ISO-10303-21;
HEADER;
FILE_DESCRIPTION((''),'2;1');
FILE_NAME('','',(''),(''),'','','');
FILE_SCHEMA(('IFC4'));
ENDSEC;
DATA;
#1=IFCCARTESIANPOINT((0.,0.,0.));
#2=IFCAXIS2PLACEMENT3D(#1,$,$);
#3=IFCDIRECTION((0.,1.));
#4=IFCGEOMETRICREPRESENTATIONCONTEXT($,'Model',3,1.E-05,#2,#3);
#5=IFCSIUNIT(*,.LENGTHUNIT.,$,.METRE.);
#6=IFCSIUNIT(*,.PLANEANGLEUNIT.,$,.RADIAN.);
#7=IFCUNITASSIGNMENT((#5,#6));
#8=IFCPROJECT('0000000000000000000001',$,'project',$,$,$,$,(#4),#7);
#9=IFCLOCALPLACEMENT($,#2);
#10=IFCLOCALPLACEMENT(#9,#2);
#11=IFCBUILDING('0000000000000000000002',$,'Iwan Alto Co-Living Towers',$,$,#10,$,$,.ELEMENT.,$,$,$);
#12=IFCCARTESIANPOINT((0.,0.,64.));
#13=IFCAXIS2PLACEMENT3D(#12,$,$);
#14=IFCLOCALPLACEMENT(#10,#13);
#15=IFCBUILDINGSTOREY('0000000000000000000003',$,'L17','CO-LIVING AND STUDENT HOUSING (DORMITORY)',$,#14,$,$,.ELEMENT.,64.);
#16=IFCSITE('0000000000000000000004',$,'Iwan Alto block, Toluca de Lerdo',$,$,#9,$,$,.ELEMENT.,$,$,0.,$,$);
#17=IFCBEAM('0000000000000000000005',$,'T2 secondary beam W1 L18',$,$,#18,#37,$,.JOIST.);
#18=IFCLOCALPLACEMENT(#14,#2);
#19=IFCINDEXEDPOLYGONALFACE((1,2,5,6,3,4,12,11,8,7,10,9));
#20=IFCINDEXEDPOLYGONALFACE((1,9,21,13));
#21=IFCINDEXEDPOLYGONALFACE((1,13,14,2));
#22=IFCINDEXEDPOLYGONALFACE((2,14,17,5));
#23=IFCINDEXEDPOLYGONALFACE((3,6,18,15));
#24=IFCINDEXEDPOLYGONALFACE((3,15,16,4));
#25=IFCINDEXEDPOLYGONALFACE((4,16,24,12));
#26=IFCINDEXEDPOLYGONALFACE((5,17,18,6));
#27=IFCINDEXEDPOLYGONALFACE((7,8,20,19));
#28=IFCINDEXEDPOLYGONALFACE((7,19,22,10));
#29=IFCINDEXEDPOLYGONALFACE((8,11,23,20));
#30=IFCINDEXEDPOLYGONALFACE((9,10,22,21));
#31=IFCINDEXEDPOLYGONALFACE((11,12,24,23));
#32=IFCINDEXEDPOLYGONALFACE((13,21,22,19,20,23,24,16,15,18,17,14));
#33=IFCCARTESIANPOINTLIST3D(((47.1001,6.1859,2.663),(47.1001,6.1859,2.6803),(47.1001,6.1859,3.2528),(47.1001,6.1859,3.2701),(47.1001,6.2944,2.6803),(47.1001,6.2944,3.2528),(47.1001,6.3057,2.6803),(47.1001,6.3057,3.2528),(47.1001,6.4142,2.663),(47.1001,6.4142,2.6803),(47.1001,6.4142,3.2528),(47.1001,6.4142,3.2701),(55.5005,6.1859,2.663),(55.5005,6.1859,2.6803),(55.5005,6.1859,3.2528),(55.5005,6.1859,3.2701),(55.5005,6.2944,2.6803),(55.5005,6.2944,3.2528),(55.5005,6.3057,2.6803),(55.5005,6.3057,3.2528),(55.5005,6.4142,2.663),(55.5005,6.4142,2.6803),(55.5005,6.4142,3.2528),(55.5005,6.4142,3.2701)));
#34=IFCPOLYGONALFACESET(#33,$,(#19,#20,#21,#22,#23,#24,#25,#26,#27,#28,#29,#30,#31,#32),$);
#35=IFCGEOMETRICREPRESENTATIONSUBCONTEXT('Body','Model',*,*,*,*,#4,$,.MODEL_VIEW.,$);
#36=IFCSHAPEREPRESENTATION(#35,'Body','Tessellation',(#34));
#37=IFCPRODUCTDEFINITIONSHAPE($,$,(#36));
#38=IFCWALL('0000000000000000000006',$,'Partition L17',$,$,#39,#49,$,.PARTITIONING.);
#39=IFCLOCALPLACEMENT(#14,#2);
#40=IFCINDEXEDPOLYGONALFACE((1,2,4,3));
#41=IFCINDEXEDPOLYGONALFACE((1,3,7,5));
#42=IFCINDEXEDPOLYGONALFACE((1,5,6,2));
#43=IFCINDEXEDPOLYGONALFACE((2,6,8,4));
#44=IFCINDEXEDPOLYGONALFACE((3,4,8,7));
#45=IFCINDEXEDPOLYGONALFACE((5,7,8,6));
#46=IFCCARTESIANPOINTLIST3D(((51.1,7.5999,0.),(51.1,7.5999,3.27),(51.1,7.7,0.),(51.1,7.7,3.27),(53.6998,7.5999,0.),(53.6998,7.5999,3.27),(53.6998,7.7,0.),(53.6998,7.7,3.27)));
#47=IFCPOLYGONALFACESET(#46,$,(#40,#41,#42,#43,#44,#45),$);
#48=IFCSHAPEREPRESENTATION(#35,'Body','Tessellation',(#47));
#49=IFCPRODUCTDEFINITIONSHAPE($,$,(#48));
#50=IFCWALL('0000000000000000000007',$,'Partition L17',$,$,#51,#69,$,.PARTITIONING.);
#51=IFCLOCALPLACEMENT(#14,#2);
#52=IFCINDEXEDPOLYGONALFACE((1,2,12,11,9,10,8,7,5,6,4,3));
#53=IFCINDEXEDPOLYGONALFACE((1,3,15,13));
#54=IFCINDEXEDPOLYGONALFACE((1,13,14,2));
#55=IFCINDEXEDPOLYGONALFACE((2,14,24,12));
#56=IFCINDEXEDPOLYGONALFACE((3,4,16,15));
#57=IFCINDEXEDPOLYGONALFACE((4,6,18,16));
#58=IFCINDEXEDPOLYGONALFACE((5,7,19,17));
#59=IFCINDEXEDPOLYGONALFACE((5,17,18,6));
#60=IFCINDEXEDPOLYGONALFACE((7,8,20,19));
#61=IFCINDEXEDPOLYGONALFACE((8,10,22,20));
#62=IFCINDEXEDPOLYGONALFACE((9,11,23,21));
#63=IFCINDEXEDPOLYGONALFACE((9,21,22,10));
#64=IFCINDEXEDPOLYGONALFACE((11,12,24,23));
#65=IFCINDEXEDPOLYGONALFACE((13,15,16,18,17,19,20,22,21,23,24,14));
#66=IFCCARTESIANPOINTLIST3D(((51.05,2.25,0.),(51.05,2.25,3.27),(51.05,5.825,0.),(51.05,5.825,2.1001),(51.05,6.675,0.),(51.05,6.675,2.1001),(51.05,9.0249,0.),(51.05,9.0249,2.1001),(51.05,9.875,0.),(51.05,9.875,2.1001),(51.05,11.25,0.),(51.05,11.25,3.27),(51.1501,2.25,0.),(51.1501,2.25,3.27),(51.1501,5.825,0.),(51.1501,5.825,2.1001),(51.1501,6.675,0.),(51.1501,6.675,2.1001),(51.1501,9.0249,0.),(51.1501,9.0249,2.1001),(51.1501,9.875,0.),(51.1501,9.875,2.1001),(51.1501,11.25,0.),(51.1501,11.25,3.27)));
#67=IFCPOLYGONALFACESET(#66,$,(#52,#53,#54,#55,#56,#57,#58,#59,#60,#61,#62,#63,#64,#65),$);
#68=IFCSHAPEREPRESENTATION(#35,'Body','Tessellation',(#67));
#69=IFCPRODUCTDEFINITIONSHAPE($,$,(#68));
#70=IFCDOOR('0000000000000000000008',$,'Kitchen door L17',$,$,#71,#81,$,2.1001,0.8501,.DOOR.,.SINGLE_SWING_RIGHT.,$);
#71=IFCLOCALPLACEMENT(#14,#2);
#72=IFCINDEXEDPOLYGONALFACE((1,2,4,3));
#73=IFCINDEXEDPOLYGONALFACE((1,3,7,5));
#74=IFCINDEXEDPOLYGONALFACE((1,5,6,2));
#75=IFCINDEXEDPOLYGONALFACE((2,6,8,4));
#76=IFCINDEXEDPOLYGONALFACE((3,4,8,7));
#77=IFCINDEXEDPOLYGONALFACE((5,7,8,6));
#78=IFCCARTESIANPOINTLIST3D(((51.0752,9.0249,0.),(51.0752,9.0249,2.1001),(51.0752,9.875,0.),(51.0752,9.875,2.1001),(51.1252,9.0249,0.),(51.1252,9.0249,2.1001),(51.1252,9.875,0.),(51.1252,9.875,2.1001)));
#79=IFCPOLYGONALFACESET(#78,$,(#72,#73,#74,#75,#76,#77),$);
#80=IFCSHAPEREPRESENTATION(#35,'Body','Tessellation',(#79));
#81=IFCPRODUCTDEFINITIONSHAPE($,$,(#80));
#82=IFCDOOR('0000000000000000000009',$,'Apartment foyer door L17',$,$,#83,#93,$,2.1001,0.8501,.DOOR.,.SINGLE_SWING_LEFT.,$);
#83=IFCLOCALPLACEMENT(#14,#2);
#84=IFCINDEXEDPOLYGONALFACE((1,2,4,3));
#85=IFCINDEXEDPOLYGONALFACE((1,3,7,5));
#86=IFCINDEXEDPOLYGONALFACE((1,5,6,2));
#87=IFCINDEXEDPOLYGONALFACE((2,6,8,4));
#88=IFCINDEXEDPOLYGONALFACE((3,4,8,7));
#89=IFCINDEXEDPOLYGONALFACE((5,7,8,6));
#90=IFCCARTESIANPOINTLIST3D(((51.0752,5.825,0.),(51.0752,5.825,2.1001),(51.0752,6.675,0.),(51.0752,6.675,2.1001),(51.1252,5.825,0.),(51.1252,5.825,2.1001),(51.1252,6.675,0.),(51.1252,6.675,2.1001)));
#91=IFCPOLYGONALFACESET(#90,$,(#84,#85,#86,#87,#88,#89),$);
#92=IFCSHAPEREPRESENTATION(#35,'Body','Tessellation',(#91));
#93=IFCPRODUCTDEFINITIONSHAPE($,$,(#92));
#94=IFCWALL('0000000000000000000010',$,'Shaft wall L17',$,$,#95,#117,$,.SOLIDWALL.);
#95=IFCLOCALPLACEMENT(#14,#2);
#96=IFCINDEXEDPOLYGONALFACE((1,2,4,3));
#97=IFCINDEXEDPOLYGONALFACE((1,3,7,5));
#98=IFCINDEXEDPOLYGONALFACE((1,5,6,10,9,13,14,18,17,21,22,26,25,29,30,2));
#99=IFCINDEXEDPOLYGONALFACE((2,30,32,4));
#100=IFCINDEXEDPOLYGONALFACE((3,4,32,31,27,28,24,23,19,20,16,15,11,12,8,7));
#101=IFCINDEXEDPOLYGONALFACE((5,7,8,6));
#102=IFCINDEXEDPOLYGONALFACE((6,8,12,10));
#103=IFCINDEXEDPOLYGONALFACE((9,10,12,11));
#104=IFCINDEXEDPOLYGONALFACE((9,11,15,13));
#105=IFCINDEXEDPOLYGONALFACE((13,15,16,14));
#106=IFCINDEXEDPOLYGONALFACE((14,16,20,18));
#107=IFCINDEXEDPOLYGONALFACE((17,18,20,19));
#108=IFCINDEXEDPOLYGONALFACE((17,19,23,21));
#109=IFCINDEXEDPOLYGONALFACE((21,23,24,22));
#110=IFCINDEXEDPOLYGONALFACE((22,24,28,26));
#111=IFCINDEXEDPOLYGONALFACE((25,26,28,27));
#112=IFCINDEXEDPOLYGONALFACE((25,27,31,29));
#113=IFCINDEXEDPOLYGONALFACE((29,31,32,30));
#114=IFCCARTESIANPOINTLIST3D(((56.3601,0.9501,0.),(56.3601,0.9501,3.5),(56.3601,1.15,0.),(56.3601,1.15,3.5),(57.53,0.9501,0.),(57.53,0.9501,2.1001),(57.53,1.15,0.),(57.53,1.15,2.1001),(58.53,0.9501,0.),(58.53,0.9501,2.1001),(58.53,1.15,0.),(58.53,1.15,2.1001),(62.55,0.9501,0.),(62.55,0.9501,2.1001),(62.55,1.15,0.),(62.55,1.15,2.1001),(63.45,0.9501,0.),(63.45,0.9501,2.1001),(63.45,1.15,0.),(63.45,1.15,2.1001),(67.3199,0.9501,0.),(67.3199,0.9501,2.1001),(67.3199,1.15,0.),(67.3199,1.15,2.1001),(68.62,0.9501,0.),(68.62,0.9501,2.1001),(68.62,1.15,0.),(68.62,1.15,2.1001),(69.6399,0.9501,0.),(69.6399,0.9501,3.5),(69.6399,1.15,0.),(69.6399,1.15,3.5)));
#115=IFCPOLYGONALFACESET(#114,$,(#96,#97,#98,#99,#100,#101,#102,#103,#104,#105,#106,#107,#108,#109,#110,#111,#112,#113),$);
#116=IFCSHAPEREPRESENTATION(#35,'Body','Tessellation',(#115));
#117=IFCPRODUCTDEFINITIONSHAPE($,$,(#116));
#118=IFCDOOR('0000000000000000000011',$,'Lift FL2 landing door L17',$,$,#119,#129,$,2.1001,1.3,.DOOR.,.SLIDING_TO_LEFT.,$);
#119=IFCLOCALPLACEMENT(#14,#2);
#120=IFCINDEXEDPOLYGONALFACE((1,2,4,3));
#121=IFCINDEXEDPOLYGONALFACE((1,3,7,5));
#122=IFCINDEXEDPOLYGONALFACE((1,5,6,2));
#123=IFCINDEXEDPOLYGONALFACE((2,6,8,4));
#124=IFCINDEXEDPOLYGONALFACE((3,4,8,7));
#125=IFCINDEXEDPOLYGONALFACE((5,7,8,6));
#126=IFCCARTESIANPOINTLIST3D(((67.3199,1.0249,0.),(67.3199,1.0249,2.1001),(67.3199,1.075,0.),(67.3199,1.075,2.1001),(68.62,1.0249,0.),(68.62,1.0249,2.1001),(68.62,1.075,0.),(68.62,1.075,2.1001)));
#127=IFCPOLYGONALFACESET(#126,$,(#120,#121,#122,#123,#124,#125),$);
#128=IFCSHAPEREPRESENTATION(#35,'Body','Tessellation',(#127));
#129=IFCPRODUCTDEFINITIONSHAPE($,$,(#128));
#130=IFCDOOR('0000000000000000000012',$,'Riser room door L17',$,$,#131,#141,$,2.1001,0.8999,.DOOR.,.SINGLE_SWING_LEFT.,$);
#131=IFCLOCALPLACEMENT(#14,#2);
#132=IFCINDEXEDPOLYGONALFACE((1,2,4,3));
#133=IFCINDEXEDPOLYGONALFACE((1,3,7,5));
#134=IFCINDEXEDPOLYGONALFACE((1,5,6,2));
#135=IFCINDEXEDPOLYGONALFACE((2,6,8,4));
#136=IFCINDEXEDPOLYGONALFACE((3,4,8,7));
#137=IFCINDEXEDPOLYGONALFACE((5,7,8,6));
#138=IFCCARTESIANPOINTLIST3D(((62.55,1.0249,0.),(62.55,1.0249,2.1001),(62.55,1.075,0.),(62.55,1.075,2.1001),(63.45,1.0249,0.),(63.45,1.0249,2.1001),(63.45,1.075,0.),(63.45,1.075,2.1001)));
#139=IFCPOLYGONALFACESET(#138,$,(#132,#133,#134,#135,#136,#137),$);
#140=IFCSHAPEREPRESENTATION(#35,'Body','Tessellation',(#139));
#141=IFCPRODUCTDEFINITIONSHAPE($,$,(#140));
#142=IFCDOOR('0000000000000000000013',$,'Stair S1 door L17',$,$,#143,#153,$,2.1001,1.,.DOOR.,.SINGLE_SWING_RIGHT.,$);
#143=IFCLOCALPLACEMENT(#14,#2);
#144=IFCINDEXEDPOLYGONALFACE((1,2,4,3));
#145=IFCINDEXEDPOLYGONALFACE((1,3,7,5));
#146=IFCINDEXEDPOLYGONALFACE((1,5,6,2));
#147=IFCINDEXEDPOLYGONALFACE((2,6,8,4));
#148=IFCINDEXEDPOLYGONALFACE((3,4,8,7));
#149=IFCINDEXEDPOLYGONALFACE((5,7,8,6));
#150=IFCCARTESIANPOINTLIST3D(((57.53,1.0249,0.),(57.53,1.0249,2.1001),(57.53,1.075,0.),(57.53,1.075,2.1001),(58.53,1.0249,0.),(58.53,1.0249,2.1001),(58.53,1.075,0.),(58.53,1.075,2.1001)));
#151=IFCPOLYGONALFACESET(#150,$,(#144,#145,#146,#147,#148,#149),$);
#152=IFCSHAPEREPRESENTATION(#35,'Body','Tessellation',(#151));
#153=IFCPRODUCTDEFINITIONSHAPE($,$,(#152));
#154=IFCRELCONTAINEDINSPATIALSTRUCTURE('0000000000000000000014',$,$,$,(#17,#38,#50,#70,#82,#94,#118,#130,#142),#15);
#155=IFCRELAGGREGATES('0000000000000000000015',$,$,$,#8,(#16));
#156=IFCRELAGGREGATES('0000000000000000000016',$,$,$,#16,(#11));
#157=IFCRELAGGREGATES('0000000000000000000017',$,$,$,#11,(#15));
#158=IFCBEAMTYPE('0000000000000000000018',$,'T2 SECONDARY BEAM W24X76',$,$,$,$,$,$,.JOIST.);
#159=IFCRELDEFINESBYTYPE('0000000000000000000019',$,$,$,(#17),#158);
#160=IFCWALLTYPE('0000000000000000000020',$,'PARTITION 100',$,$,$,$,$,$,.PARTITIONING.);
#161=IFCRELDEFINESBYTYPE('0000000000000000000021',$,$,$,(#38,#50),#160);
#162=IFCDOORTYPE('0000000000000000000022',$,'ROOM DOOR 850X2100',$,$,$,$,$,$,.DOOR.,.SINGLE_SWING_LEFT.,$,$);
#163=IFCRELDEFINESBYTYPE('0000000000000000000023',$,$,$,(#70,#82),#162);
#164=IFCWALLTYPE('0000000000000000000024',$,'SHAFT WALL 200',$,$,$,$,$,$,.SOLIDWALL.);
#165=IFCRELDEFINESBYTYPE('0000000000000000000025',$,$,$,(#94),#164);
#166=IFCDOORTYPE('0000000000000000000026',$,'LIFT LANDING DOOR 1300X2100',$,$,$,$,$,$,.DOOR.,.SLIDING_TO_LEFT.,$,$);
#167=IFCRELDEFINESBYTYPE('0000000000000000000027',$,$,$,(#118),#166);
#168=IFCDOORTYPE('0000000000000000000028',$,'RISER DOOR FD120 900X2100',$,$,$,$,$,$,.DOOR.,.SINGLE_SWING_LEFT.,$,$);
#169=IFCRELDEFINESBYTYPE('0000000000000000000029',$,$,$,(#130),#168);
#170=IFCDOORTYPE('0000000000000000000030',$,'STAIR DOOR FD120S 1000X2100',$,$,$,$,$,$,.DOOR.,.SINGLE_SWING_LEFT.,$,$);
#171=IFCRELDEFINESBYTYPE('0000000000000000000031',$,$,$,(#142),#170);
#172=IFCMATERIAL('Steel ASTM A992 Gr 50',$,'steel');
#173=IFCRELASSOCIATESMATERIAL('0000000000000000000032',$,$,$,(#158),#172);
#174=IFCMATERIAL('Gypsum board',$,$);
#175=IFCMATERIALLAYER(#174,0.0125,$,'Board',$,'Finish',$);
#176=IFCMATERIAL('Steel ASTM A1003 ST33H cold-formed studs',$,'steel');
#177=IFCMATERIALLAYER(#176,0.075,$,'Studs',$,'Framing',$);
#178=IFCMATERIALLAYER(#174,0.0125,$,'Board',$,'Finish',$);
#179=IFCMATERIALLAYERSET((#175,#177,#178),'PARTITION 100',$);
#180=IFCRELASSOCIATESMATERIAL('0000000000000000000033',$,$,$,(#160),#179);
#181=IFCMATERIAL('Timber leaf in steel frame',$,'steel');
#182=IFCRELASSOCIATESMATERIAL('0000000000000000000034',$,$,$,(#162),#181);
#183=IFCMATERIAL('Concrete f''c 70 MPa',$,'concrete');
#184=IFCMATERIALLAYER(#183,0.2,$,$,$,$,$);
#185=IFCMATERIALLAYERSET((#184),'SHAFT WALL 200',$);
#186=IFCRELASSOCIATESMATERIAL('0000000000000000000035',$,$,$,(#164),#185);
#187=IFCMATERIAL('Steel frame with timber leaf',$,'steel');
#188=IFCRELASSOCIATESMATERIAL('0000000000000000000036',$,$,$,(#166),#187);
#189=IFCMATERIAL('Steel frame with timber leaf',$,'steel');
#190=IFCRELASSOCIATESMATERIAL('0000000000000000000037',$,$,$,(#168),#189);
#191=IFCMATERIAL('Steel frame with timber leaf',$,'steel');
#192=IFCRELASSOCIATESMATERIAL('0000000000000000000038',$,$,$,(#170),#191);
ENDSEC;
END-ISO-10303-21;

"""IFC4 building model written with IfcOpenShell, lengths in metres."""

from ifc_helpers import new_model, si_unit, direction, frame, frame_2d, origin, origin_2d, place, context, subcontext, project, spatial, rectangle, i_section, extrude, material, layer, layer_set, material_profile, profile_set, type_object, element, fill, save


model = new_model("IFC4")

# Units and contexts
model_context = context("Model", 3, precision=1e-05, world=origin(), true_north=direction((0.0, 1.0)))
body_context = subcontext(model_context, "Body", "Model", "MODEL_VIEW")
ifc_project = project(units=[si_unit("LENGTHUNIT", "METRE"), si_unit("PLANEANGLEUNIT", "RADIAN")], contexts=[model_context])

# Site, building, storey
site_placement = place(None, origin())
site = spatial("IfcSite", under=ifc_project, at=site_placement, Name="Iwan Alto block, Toluca de Lerdo", CompositionType="ELEMENT", RefElevation=0.0)
building_placement = place(site_placement, origin())
building = spatial("IfcBuilding", under=site, at=building_placement, Name="Iwan Alto Co-Living Towers", CompositionType="ELEMENT")
storey_placement = place(building_placement, frame((0.0, 0.0, 64.0)))
storey = spatial("IfcBuildingStorey", under=building, at=storey_placement, Name="L17", Description="CO-LIVING AND STUDENT HOUSING (DORMITORY)", CompositionType="ELEMENT", Elevation=64.0)

# Beam
ifc_material_1 = material(Name="Steel ASTM A992 Gr 50", Category="steel")
ifc_material_profile = material_profile(ifc_material_1, i_section(OverallWidth=0.2283, OverallDepth=0.6072, WebThickness=0.0112, FlangeThickness=0.0173, at=origin_2d()), Name="W24X76")
ifc_profile_set = profile_set([ifc_material_profile], Name="Steel ASTM A992 Gr 50")
beam_type = type_object("IfcBeamType", Name="T2 SECONDARY BEAM W24X76", PredefinedType="JOIST", material=ifc_profile_set)
beam_placement = place(storey_placement, frame((47.1001, 6.3, 2.9666), z_axis=(1.0, 0.0, 0.0), x_axis=(0.0, 1.0, 0.0)))
element("IfcBeam", 1, at=beam_placement, inside=storey, type_object=beam_type, Name="T2 secondary beam W1 L18", PredefinedType="JOIST", context=body_context, shape_type="SweptSolid", body=[
    extrude(i_section(OverallWidth=0.2283, OverallDepth=0.6072, WebThickness=0.0112, FlangeThickness=0.0173, at=origin_2d()), origin(), (0.0, 0.0, 1.0), 8.4004),
])

# Wall
ifc_material_2 = material(Name="Gypsum board")
ifc_layer_1 = layer(ifc_material_2, 0.0125, Name="Board", Category="Finish")
ifc_material_3 = material(Name="Steel ASTM A1003 ST33H cold-formed studs", Category="steel")
ifc_layer_2 = layer(ifc_material_3, 0.075, Name="Studs", Category="Framing")
ifc_layer_3 = layer(ifc_material_2, 0.0125, Name="Board", Category="Finish")
ifc_layer_set_1 = layer_set([ifc_layer_1, ifc_layer_2, ifc_layer_3], Name="PARTITION 100")
wall_type_1 = type_object("IfcWallType", Name="PARTITION 100", PredefinedType="PARTITIONING", material=ifc_layer_set_1)
wall_1_placement = place(storey_placement, frame((51.1001, 7.6499, 0.0), z_axis=(0.0, 0.0, 1.0), x_axis=(1.0, 0.0, 0.0)))
element("IfcWall", 2, at=wall_1_placement, inside=storey, type_object=wall_type_1, Name="Partition L17", PredefinedType="PARTITIONING", context=body_context, shape_type="SweptSolid", body=[
    extrude(rectangle(XDim=2.5999, YDim=0.1001, at=frame_2d((1.2998, 0.0))), origin(), (0.0, 0.0, 1.0), 3.27),
])

# Walls, openings, doors
wall_2_placement = place(storey_placement, frame((51.1001, 2.25, 0.0), z_axis=(0.0, 0.0, 1.0), x_axis=(0.0, 1.0, 0.0)))
wall_2 = element("IfcWall", 3, at=wall_2_placement, inside=storey, type_object=wall_type_1, Name="Partition L17", PredefinedType="PARTITIONING", context=body_context, shape_type="SweptSolid", body=[
    extrude(rectangle(XDim=9.0, YDim=0.1001, at=frame_2d((4.5, 0.0))), origin(), (0.0, 0.0, 1.0), 3.27),
])
opening_1_placement = place(wall_2_placement, frame((6.7749, 0.0, 0.0)))
opening_1 = element("IfcOpeningElement", 4, at=opening_1_placement, cuts=wall_2, PredefinedType="OPENING", context=body_context, shape_type="SweptSolid", body=[
    extrude(rectangle(XDim=0.8501, YDim=2.1001, at=frame_2d((0.425, 1.05))), frame((0.0, 0.0601, 0.0), z_axis=(0.0, -1.0, 0.0), x_axis=(1.0, 0.0, 0.0)), (0.0, 0.0, 1.0), 0.1201),
])
opening_2_placement = place(wall_2_placement, frame((3.575, 0.0, 0.0)))
opening_2 = element("IfcOpeningElement", 5, at=opening_2_placement, cuts=wall_2, PredefinedType="OPENING", context=body_context, shape_type="SweptSolid", body=[
    extrude(rectangle(XDim=0.8501, YDim=2.1001, at=frame_2d((0.425, 1.05))), frame((0.0, 0.0601, 0.0), z_axis=(0.0, -1.0, 0.0), x_axis=(1.0, 0.0, 0.0)), (0.0, 0.0, 1.0), 0.1201),
])
ifc_material_4 = material(Name="Timber leaf in steel frame", Category="steel")
door_type_1 = type_object("IfcDoorType", Name="ROOM DOOR 850X2100", OperationType="SINGLE_SWING_LEFT", PredefinedType="DOOR", material=ifc_material_4)
door_1_placement = place(opening_1_placement, origin())
door_1 = element("IfcDoor", 6, at=door_1_placement, inside=storey, type_object=door_type_1, Name="Kitchen door L17", OperationType="SINGLE_SWING_RIGHT", OverallHeight=2.1001, OverallWidth=0.8501, PredefinedType="DOOR", context=body_context, shape_type="SweptSolid", body=[
    extrude(rectangle(XDim=0.8501, YDim=2.1001, at=frame_2d((0.425, 1.05))), frame((0.0, 0.0249, 0.0), z_axis=(0.0, -1.0, 0.0), x_axis=(1.0, 0.0, 0.0)), (0.0, 0.0, 1.0), 0.05),
])
fill(opening_1, door_1)
door_2_placement = place(opening_2_placement, origin())
door_2 = element("IfcDoor", 7, at=door_2_placement, inside=storey, type_object=door_type_1, Name="Apartment foyer door L17", OperationType="SINGLE_SWING_LEFT", OverallHeight=2.1001, OverallWidth=0.8501, PredefinedType="DOOR", context=body_context, shape_type="SweptSolid", body=[
    extrude(rectangle(XDim=0.8501, YDim=2.1001, at=frame_2d((0.425, 1.05))), frame((0.0, 0.0249, 0.0), z_axis=(0.0, -1.0, 0.0), x_axis=(1.0, 0.0, 0.0)), (0.0, 0.0, 1.0), 0.05),
])
fill(opening_2, door_2)
ifc_material_5 = material(Name="Concrete f'c 70 MPa", Category="concrete")
ifc_layer_4 = layer(ifc_material_5, 0.2)
ifc_layer_set_2 = layer_set([ifc_layer_4], Name="SHAFT WALL 200")
wall_type_2 = type_object("IfcWallType", Name="SHAFT WALL 200", PredefinedType="SOLIDWALL", material=ifc_layer_set_2)
wall_3_placement = place(storey_placement, frame((56.3601, 1.05, 0.0), z_axis=(0.0, 0.0, 1.0), x_axis=(1.0, 0.0, 0.0)))
wall_3 = element("IfcWall", 8, at=wall_3_placement, inside=storey, type_object=wall_type_2, Name="Shaft wall L17", PredefinedType="SOLIDWALL", context=body_context, shape_type="SweptSolid", body=[
    extrude(rectangle(XDim=13.2798, YDim=0.2, at=frame_2d((6.6399, 0.0))), origin(), (0.0, 0.0, 1.0), 3.5),
])
opening_3_placement = place(wall_3_placement, frame((1.1699, 0.0, 0.0)))
opening_3 = element("IfcOpeningElement", 9, at=opening_3_placement, cuts=wall_3, PredefinedType="OPENING", context=body_context, shape_type="SweptSolid", body=[
    extrude(rectangle(XDim=1.0, YDim=2.1001, at=frame_2d((0.5, 1.05))), frame((0.0, 0.1099, 0.0), z_axis=(0.0, -1.0, 0.0), x_axis=(1.0, 0.0, 0.0)), (0.0, 0.0, 1.0), 0.22),
])
opening_4_placement = place(wall_3_placement, frame((6.1899, 0.0, 0.0)))
opening_4 = element("IfcOpeningElement", 10, at=opening_4_placement, cuts=wall_3, PredefinedType="OPENING", context=body_context, shape_type="SweptSolid", body=[
    extrude(rectangle(XDim=0.8999, YDim=2.1001, at=frame_2d((0.45, 1.05))), frame((0.0, 0.1099, 0.0), z_axis=(0.0, -1.0, 0.0), x_axis=(1.0, 0.0, 0.0)), (0.0, 0.0, 1.0), 0.22),
])
opening_5_placement = place(wall_3_placement, frame((10.96, 0.0, 0.0)))
opening_5 = element("IfcOpeningElement", 11, at=opening_5_placement, cuts=wall_3, PredefinedType="OPENING", context=body_context, shape_type="SweptSolid", body=[
    extrude(rectangle(XDim=1.3, YDim=2.1001, at=frame_2d((0.6499, 1.05))), frame((0.0, 0.1099, 0.0), z_axis=(0.0, -1.0, 0.0), x_axis=(1.0, 0.0, 0.0)), (0.0, 0.0, 1.0), 0.22),
])
ifc_material_6 = material(Name="Steel frame with timber leaf", Category="steel")
door_type_2 = type_object("IfcDoorType", Name="LIFT LANDING DOOR 1300X2100", OperationType="SLIDING_TO_LEFT", PredefinedType="DOOR", material=ifc_material_6)
door_3_placement = place(opening_5_placement, origin())
door_3 = element("IfcDoor", 12, at=door_3_placement, inside=storey, type_object=door_type_2, Name="Lift FL2 landing door L17", OperationType="SLIDING_TO_LEFT", OverallHeight=2.1001, OverallWidth=1.3, PredefinedType="DOOR", context=body_context, shape_type="SweptSolid", body=[
    extrude(rectangle(XDim=1.3, YDim=2.1001, at=frame_2d((0.6499, 1.05))), frame((0.0, 0.0249, 0.0), z_axis=(0.0, -1.0, 0.0), x_axis=(1.0, 0.0, 0.0)), (0.0, 0.0, 1.0), 0.05),
])
fill(opening_5, door_3)
ifc_material_7 = material(Name="Steel frame with timber leaf", Category="steel")
door_type_3 = type_object("IfcDoorType", Name="RISER DOOR FD120 900X2100", OperationType="SINGLE_SWING_LEFT", PredefinedType="DOOR", material=ifc_material_7)
door_4_placement = place(opening_4_placement, origin())
door_4 = element("IfcDoor", 13, at=door_4_placement, inside=storey, type_object=door_type_3, Name="Riser room door L17", OperationType="SINGLE_SWING_LEFT", OverallHeight=2.1001, OverallWidth=0.8999, PredefinedType="DOOR", context=body_context, shape_type="SweptSolid", body=[
    extrude(rectangle(XDim=0.8999, YDim=2.1001, at=frame_2d((0.45, 1.05))), frame((0.0, 0.0249, 0.0), z_axis=(0.0, -1.0, 0.0), x_axis=(1.0, 0.0, 0.0)), (0.0, 0.0, 1.0), 0.05),
])
fill(opening_4, door_4)
ifc_material_8 = material(Name="Steel frame with timber leaf", Category="steel")
door_type_4 = type_object("IfcDoorType", Name="STAIR DOOR FD120S 1000X2100", OperationType="SINGLE_SWING_LEFT", PredefinedType="DOOR", material=ifc_material_8)
door_5_placement = place(opening_3_placement, origin())
door_5 = element("IfcDoor", 14, at=door_5_placement, inside=storey, type_object=door_type_4, Name="Stair S1 door L17", OperationType="SINGLE_SWING_RIGHT", OverallHeight=2.1001, OverallWidth=1.0, PredefinedType="DOOR", context=body_context, shape_type="SweptSolid", body=[
    extrude(rectangle(XDim=1.0, YDim=2.1001, at=frame_2d((0.5, 1.05))), frame((0.0, 0.0249, 0.0), z_axis=(0.0, -1.0, 0.0), x_axis=(1.0, 0.0, 0.0)), (0.0, 0.0, 1.0), 0.05),
])
fill(opening_3, door_5)

save(model, "model.ifc")
